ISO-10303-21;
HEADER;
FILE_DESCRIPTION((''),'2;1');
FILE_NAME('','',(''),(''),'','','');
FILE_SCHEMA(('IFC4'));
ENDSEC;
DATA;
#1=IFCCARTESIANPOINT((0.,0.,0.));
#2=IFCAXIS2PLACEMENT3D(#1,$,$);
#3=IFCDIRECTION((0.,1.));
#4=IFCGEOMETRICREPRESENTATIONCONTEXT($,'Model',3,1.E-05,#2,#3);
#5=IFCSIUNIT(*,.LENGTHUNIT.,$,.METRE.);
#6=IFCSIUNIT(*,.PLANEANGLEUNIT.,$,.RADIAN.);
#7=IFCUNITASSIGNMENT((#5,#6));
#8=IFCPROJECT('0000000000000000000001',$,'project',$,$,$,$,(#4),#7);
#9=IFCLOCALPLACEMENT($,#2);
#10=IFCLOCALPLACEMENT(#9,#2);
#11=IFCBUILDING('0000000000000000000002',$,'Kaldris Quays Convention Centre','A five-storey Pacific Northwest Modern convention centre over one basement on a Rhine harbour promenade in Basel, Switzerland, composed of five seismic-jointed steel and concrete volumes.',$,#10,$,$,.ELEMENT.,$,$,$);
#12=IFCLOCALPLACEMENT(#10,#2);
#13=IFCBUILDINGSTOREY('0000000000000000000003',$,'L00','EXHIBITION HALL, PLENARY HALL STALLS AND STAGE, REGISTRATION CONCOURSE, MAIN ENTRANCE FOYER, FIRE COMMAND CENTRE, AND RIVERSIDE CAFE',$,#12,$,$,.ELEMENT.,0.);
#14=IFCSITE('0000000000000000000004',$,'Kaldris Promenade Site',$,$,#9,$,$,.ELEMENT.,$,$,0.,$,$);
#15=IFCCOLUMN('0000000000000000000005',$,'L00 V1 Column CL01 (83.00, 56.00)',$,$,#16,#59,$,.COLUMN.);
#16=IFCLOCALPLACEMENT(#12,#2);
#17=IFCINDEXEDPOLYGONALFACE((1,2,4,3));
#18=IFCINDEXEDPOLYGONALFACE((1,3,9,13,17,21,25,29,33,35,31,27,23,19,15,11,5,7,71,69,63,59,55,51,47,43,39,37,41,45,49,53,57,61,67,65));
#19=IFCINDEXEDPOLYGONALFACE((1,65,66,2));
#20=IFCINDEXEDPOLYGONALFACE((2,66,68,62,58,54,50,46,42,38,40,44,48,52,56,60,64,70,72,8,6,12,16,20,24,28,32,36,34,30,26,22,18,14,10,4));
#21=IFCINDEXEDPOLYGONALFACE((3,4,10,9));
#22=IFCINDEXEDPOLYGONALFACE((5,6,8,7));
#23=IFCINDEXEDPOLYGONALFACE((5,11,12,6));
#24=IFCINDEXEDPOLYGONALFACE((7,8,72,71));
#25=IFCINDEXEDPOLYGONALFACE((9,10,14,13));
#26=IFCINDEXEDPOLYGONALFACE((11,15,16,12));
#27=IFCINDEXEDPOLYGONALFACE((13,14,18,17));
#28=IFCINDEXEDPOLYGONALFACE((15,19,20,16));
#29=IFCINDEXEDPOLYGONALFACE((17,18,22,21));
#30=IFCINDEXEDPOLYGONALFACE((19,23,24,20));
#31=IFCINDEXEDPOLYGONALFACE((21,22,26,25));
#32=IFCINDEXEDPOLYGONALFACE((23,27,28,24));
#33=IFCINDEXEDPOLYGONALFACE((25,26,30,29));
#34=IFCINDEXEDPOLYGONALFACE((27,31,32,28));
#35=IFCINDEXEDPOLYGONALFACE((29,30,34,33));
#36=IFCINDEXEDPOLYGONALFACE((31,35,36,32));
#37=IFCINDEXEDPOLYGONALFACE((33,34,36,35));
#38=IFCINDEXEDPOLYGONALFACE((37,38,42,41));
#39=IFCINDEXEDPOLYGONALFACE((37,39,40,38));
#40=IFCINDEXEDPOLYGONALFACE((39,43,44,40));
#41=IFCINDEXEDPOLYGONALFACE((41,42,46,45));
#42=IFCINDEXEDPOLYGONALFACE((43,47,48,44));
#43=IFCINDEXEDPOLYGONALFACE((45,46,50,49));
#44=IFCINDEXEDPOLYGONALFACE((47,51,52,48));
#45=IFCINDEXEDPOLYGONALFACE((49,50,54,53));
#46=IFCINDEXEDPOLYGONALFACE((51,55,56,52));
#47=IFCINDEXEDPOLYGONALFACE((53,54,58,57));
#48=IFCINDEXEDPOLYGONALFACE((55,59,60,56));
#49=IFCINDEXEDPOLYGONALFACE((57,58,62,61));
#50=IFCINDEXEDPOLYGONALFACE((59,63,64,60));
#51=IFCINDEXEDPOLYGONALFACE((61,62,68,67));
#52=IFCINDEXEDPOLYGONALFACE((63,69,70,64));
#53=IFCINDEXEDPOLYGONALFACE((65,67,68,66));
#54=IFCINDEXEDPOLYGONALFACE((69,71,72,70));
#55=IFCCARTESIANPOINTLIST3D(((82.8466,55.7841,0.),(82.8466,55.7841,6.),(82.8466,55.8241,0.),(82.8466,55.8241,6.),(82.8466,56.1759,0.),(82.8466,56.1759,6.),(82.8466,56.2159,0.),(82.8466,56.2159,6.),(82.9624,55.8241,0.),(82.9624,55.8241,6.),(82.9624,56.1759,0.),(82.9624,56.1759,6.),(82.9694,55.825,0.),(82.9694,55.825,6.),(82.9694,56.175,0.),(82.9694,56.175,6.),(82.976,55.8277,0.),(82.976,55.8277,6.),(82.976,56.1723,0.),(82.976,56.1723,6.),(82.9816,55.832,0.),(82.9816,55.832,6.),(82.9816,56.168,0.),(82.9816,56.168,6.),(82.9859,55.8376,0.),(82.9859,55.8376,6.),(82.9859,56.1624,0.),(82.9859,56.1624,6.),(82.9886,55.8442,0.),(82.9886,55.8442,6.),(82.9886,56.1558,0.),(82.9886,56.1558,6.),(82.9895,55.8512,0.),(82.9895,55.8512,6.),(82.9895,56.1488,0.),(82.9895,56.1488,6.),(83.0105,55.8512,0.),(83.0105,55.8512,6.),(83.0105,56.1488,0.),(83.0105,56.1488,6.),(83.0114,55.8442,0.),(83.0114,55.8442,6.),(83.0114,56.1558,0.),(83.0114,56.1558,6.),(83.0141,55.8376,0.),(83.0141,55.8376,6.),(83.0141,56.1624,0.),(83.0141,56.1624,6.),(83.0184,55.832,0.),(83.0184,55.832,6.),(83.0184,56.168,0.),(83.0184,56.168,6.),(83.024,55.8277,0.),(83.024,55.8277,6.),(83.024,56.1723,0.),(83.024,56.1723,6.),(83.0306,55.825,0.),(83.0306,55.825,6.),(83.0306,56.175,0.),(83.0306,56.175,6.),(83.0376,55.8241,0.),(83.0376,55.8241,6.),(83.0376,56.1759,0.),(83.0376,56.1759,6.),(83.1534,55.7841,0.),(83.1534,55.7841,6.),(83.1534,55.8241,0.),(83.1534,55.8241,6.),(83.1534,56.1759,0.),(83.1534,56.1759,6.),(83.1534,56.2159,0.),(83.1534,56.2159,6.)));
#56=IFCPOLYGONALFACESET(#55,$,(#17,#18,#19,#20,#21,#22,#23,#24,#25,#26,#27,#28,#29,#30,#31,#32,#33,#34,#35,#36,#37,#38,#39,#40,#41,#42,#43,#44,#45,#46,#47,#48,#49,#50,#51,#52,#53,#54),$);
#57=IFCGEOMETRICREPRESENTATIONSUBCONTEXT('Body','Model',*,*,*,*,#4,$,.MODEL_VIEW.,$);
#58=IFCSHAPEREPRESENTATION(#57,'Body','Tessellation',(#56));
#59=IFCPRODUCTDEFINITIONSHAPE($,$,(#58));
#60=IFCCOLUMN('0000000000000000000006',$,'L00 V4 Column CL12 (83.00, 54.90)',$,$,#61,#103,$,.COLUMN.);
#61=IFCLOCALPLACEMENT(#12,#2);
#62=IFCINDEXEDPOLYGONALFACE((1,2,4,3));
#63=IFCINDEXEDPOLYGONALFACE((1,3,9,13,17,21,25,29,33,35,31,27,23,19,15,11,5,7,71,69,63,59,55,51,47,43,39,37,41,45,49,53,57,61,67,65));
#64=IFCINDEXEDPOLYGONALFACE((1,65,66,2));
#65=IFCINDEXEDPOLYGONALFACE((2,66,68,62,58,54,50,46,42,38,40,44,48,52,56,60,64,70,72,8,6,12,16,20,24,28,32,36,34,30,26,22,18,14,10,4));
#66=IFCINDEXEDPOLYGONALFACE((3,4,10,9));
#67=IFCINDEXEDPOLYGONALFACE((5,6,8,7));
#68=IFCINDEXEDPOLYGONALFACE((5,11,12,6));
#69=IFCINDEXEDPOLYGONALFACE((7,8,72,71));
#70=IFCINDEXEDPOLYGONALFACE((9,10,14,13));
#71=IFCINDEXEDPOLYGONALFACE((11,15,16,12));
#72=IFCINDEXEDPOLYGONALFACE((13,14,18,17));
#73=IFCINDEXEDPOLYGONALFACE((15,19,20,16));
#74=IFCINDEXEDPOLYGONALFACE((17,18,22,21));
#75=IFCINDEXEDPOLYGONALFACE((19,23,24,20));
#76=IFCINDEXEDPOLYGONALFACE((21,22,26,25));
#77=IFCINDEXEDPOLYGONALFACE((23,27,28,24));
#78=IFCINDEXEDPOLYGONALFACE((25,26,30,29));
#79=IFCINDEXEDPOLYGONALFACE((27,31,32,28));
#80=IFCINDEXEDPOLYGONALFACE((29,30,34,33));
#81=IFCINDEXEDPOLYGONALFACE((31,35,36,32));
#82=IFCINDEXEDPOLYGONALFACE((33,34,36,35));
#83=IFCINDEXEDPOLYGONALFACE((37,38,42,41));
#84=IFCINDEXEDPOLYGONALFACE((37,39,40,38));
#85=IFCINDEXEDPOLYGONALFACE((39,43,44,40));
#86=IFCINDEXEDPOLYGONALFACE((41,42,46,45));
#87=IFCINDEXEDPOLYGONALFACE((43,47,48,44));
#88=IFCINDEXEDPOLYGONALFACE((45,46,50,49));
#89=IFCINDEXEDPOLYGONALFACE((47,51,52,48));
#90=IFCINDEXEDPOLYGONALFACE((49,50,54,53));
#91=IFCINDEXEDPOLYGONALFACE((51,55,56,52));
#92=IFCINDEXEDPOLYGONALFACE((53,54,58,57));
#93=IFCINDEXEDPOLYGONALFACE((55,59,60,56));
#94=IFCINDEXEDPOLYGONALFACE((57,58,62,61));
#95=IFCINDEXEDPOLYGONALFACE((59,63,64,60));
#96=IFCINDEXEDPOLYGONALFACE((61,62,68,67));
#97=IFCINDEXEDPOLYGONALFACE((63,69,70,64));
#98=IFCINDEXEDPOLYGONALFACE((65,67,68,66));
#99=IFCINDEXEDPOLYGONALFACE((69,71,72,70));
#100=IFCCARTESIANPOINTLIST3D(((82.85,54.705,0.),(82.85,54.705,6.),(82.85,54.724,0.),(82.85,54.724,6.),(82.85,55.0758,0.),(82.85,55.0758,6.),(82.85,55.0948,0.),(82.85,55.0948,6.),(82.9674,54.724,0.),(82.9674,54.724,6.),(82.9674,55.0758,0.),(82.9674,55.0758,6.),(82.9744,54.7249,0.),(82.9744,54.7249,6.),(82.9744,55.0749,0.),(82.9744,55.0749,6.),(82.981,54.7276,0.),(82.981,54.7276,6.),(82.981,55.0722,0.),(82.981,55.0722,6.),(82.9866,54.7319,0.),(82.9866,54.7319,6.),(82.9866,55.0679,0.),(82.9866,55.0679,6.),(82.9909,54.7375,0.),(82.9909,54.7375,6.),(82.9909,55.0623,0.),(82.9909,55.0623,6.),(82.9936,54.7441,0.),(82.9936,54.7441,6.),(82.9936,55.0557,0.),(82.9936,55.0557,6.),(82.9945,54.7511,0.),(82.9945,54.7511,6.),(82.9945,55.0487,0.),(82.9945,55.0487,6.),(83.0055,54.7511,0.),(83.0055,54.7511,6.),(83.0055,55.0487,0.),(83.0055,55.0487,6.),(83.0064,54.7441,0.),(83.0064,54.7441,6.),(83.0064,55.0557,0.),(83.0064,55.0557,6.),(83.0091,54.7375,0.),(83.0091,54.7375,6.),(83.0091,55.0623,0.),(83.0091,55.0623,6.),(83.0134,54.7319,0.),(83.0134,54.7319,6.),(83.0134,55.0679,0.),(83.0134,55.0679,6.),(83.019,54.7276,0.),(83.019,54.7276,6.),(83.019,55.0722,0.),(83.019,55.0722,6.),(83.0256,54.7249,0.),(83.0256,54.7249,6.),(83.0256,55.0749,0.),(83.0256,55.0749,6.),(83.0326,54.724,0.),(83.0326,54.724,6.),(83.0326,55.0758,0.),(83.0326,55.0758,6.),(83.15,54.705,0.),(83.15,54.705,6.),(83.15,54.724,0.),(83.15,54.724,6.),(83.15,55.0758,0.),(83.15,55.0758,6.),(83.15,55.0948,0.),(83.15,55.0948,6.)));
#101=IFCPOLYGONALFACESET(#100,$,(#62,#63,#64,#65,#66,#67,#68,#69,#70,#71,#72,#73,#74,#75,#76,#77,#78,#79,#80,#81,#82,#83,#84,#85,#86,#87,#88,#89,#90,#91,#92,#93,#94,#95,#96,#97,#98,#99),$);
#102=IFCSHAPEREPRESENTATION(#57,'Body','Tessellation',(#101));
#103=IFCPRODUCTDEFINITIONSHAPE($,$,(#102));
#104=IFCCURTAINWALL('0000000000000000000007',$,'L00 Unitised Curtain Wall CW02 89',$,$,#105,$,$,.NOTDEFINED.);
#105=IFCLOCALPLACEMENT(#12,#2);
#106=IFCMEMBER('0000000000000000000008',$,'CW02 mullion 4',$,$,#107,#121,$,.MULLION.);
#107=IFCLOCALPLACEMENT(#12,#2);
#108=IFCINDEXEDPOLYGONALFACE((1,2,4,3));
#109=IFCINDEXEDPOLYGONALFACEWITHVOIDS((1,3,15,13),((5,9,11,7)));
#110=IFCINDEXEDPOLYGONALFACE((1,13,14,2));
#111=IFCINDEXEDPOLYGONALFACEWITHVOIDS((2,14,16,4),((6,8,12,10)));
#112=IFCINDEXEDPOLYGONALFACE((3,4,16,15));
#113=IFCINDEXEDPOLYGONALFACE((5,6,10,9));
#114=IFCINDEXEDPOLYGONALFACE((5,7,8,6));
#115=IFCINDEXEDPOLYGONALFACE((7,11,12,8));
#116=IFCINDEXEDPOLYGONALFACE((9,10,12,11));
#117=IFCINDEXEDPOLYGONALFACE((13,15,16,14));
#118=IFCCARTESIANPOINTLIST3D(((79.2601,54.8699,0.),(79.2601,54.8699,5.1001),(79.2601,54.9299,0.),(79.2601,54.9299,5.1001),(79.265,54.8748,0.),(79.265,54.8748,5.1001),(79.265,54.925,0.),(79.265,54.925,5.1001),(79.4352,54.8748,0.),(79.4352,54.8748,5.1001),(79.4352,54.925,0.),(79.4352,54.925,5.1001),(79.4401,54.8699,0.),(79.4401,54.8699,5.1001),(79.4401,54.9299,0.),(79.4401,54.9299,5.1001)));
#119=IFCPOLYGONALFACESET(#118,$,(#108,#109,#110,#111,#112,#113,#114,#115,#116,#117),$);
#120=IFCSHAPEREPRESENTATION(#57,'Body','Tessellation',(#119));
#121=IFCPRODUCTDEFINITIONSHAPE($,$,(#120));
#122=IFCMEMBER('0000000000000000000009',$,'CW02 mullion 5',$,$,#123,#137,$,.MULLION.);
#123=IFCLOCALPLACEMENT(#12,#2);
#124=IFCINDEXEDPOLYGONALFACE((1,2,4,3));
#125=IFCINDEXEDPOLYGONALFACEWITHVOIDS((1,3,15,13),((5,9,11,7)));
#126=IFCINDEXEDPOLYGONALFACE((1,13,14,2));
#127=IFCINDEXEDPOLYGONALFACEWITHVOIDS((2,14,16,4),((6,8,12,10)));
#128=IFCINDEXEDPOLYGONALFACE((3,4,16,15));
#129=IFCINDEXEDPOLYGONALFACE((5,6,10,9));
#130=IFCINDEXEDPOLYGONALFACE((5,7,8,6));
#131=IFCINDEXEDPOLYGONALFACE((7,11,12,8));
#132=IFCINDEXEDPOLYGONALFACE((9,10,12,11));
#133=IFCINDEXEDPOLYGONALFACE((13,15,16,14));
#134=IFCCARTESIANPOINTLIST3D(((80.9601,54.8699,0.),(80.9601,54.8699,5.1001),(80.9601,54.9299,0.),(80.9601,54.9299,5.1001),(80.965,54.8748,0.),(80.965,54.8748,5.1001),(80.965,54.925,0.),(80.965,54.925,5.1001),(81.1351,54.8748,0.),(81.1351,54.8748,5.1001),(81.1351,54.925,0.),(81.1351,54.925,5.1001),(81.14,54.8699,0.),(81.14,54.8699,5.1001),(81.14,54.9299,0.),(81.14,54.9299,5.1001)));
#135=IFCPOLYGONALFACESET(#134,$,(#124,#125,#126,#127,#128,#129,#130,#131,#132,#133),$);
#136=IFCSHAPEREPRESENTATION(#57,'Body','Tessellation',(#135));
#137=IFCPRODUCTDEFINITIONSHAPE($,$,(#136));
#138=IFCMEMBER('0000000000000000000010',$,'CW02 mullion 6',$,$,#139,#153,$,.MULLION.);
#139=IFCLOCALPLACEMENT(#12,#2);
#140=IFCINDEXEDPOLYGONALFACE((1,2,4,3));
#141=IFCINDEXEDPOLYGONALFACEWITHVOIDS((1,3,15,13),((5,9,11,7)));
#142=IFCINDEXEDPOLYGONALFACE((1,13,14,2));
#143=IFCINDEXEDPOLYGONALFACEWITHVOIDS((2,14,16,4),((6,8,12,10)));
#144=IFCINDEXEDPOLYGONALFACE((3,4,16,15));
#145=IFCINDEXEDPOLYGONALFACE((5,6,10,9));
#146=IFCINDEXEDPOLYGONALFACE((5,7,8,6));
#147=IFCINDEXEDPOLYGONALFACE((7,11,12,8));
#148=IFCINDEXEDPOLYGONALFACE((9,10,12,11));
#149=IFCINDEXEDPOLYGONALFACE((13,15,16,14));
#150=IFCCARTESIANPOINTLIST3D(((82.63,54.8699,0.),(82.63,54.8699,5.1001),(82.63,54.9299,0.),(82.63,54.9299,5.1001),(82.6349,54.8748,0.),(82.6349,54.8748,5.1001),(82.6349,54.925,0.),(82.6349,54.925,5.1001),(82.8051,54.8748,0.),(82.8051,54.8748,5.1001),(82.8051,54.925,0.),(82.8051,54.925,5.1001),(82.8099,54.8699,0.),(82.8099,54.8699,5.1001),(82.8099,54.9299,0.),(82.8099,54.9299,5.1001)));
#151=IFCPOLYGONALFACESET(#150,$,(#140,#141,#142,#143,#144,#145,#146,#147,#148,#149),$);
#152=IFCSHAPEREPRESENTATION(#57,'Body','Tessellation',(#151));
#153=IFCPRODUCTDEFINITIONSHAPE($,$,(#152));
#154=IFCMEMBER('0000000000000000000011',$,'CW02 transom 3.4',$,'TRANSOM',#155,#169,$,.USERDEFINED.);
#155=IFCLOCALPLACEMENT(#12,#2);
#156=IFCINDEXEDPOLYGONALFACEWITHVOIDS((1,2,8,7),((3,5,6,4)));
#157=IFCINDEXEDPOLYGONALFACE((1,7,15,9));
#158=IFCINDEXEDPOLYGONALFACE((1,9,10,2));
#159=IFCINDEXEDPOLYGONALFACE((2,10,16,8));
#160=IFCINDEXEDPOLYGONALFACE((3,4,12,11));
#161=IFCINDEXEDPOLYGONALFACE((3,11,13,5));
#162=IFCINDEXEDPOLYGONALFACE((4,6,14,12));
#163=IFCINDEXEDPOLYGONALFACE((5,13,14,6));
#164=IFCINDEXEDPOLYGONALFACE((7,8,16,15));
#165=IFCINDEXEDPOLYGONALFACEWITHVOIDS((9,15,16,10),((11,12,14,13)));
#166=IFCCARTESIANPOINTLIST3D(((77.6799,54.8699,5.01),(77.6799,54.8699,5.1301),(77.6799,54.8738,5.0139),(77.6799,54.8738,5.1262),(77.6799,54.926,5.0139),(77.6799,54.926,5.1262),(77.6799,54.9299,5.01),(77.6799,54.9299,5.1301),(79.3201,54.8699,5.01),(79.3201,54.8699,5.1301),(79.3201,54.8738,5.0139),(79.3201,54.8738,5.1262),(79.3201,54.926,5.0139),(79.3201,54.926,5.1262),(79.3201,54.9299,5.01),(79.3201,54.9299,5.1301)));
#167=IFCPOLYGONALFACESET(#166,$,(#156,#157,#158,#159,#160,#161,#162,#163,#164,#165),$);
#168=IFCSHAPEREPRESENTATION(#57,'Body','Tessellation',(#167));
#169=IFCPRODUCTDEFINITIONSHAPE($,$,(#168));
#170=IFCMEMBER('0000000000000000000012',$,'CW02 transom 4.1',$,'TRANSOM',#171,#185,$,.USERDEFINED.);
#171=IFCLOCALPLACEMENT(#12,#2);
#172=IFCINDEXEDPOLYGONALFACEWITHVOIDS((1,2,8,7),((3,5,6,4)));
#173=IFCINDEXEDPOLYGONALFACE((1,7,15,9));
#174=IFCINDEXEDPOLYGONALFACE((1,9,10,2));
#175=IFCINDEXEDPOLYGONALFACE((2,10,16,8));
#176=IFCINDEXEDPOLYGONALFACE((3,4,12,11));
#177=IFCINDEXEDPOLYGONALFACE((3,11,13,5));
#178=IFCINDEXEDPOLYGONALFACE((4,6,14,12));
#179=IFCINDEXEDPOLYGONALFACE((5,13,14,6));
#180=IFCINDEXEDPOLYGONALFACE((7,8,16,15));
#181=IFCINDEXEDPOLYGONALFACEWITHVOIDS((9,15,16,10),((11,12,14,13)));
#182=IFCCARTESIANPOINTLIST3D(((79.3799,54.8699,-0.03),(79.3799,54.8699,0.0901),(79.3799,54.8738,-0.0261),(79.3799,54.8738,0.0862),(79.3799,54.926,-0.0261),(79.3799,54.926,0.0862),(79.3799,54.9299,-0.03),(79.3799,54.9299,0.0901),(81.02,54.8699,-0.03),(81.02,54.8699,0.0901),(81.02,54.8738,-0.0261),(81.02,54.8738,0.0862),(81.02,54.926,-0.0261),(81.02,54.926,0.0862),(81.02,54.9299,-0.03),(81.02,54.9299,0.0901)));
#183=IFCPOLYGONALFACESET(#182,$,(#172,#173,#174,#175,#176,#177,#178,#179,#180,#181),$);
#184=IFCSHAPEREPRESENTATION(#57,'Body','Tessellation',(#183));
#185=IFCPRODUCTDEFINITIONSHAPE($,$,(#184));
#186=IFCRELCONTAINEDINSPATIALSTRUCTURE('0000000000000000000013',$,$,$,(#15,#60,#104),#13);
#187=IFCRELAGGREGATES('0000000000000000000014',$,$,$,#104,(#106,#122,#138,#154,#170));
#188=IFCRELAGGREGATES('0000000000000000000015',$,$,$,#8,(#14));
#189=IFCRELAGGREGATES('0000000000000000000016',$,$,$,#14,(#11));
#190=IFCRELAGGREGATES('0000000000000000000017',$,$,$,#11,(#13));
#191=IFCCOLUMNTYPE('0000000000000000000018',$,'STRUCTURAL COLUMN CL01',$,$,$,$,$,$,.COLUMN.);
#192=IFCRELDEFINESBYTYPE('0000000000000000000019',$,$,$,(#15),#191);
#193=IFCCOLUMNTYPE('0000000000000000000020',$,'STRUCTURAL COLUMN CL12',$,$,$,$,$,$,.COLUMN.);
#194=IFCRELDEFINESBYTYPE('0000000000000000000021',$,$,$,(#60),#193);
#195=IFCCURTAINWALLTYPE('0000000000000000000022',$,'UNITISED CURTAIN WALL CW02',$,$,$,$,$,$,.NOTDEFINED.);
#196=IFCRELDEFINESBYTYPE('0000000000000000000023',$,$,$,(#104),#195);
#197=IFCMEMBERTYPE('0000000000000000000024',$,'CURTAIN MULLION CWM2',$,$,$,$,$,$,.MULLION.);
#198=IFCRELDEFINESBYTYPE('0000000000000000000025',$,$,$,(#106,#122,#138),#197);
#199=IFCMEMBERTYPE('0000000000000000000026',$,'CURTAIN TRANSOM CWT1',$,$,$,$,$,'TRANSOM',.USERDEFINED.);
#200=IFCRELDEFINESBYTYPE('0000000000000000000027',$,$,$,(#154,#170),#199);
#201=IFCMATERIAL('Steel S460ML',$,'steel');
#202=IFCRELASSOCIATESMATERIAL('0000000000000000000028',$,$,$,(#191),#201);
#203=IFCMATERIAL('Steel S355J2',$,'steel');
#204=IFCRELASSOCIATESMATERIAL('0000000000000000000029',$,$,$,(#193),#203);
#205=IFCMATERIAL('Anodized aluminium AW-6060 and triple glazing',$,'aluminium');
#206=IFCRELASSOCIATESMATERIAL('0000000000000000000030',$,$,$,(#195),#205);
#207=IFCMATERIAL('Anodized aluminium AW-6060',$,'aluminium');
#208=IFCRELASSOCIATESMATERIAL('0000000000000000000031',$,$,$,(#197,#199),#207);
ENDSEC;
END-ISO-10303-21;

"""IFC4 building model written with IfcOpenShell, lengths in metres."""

from ifc_helpers import new_model, si_unit, direction, frame, origin, origin_2d, place, context, subcontext, project, spatial, hollow_rectangle, i_section, extrude, material, material_profile, profile_set, type_object, element, aggregate, save


model = new_model("IFC4")

# Units and contexts
model_context = context("Model", 3, precision=1e-05, world=origin(), true_north=direction((0.0, 1.0)))
body_context = subcontext(model_context, "Body", "Model", "MODEL_VIEW")
ifc_project = project(units=[si_unit("LENGTHUNIT", "METRE"), si_unit("PLANEANGLEUNIT", "RADIAN")], contexts=[model_context])

# Site, building, storey
site_placement = place(None, origin())
site = spatial("IfcSite", under=ifc_project, at=site_placement, Name="Kaldris Promenade Site", CompositionType="ELEMENT", RefElevation=0.0)
building_placement = place(site_placement, origin())
building = spatial("IfcBuilding", under=site, at=building_placement, Name="Kaldris Quays Convention Centre", Description="A five-storey Pacific Northwest Modern convention centre over one basement on a Rhine harbour promenade in Basel, Switzerland, composed of five seismic-jointed steel and concrete volumes.", CompositionType="ELEMENT")
storey_placement = place(building_placement, origin())
storey = spatial("IfcBuildingStorey", under=building, at=storey_placement, Name="L00", Description="EXHIBITION HALL, PLENARY HALL STALLS AND STAGE, REGISTRATION CONCOURSE, MAIN ENTRANCE FOYER, FIRE COMMAND CENTRE, AND RIVERSIDE CAFE", CompositionType="ELEMENT", Elevation=0.0)

# Columns
ifc_material_1 = material(Name="Steel S460ML", Category="steel")
ifc_material_profile_1 = material_profile(ifc_material_1, i_section(OverallWidth=0.3069, OverallDepth=0.4319, WebThickness=0.021, FlangeThickness=0.04, FilletRadius=0.0271, at=origin_2d()), Name="HEM 400")
ifc_profile_set_1 = profile_set([ifc_material_profile_1], Name="Steel S460ML")
column_type_1 = type_object("IfcColumnType", Name="STRUCTURAL COLUMN CL01", PredefinedType="COLUMN", material=ifc_profile_set_1)
column_1_placement = place(storey_placement, frame((83.0, 56.0, 0.0), z_axis=(0.0, 0.0, 1.0), x_axis=(1.0, 0.0, 0.0)))
element("IfcColumn", 1, at=column_1_placement, inside=storey, type_object=column_type_1, Name="L00 V1 Column CL01 (83.00, 56.00)", PredefinedType="COLUMN", context=body_context, shape_type="SweptSolid", body=[
    extrude(i_section(OverallWidth=0.3069, OverallDepth=0.4319, WebThickness=0.021, FlangeThickness=0.04, FilletRadius=0.0271, at=origin_2d()), origin(), (0.0, 0.0, 1.0), 6.0),
])
ifc_material_2 = material(Name="Steel S355J2", Category="steel")
ifc_material_profile_2 = material_profile(ifc_material_2, i_section(OverallWidth=0.3, OverallDepth=0.3899, WebThickness=0.011, FlangeThickness=0.019, FilletRadius=0.0271, at=origin_2d()), Name="HEA 400")
ifc_profile_set_2 = profile_set([ifc_material_profile_2], Name="Steel S355J2")
column_type_2 = type_object("IfcColumnType", Name="STRUCTURAL COLUMN CL12", PredefinedType="COLUMN", material=ifc_profile_set_2)
column_2_placement = place(storey_placement, frame((83.0, 54.8999, 0.0), z_axis=(0.0, 0.0, 1.0), x_axis=(1.0, 0.0, 0.0)))
element("IfcColumn", 2, at=column_2_placement, inside=storey, type_object=column_type_2, Name="L00 V4 Column CL12 (83.00, 54.90)", PredefinedType="COLUMN", context=body_context, shape_type="SweptSolid", body=[
    extrude(i_section(OverallWidth=0.3, OverallDepth=0.3899, WebThickness=0.011, FlangeThickness=0.019, FilletRadius=0.0271, at=origin_2d()), origin(), (0.0, 0.0, 1.0), 6.0),
])

# Curtain wall, members
ifc_material_3 = material(Name="Anodized aluminium AW-6060 and triple glazing", Category="aluminium")
curtain_wall_type = type_object("IfcCurtainWallType", Name="UNITISED CURTAIN WALL CW02", PredefinedType="NOTDEFINED", material=ifc_material_3)
curtain_wall_placement = place(storey_placement, origin())
curtain_wall = element("IfcCurtainWall", 3, at=curtain_wall_placement, inside=storey, type_object=curtain_wall_type, Name="L00 Unitised Curtain Wall CW02 89", PredefinedType="NOTDEFINED")
ifc_material_4 = material(Name="Anodized aluminium AW-6060", Category="aluminium")
ifc_material_profile_3 = material_profile(ifc_material_4, hollow_rectangle(XDim=0.0601, YDim=0.1799, WallThickness=0.0049, at=origin_2d()), Name="RHS 180x60x5")
ifc_profile_set_3 = profile_set([ifc_material_profile_3], Name="Anodized aluminium AW-6060")
member_type_1 = type_object("IfcMemberType", Name="CURTAIN MULLION CWM2", PredefinedType="MULLION", material=ifc_profile_set_3)
member_1_placement = place(storey_placement, frame((79.3501, 54.8999, 0.0), z_axis=(0.0, 0.0, 1.0), x_axis=(0.0, 1.0, 0.0)))
member_1 = element("IfcMember", 4, at=member_1_placement, type_object=member_type_1, Name="CW02 mullion 4", PredefinedType="MULLION", context=body_context, shape_type="SweptSolid", body=[
    extrude(hollow_rectangle(XDim=0.0601, YDim=0.1799, WallThickness=0.0049, at=origin_2d()), origin(), (0.0, 0.0, 1.0), 5.1001),
])
member_2_placement = place(storey_placement, frame((81.05, 54.8999, 0.0), z_axis=(0.0, 0.0, 1.0), x_axis=(0.0, 1.0, 0.0)))
member_2 = element("IfcMember", 5, at=member_2_placement, type_object=member_type_1, Name="CW02 mullion 5", PredefinedType="MULLION", context=body_context, shape_type="SweptSolid", body=[
    extrude(hollow_rectangle(XDim=0.0601, YDim=0.1799, WallThickness=0.0049, at=origin_2d()), origin(), (0.0, 0.0, 1.0), 5.1001),
])
member_3_placement = place(storey_placement, frame((82.72, 54.8999, 0.0), z_axis=(0.0, 0.0, 1.0), x_axis=(0.0, 1.0, 0.0)))
member_3 = element("IfcMember", 6, at=member_3_placement, type_object=member_type_1, Name="CW02 mullion 6", PredefinedType="MULLION", context=body_context, shape_type="SweptSolid", body=[
    extrude(hollow_rectangle(XDim=0.0601, YDim=0.1799, WallThickness=0.0049, at=origin_2d()), origin(), (0.0, 0.0, 1.0), 5.1001),
])
ifc_material_profile_4 = material_profile(ifc_material_4, hollow_rectangle(XDim=0.0601, YDim=0.1201, WallThickness=0.0039, at=origin_2d()), Name="RHS 120x60x4")
ifc_profile_set_4 = profile_set([ifc_material_profile_4], Name="Anodized aluminium AW-6060")
member_type_2 = type_object("IfcMemberType", Name="CURTAIN TRANSOM CWT1", ElementType="TRANSOM", PredefinedType="USERDEFINED", material=ifc_profile_set_4)
member_4_placement = place(storey_placement, frame((77.6799, 54.8999, 5.0701), z_axis=(1.0, 0.0, 0.0), x_axis=(0.0, 1.0, 0.0)))
member_4 = element("IfcMember", 7, at=member_4_placement, type_object=member_type_2, Name="CW02 transom 3.4", ObjectType="TRANSOM", PredefinedType="USERDEFINED", context=body_context, shape_type="SweptSolid", body=[
    extrude(hollow_rectangle(XDim=0.0601, YDim=0.1201, WallThickness=0.0039, at=origin_2d()), origin(), (0.0, 0.0, 1.0), 1.6401),
])
member_5_placement = place(storey_placement, frame((79.3799, 54.8999, 0.03), z_axis=(1.0, 0.0, 0.0), x_axis=(0.0, 1.0, 0.0)))
member_5 = element("IfcMember", 8, at=member_5_placement, type_object=member_type_2, Name="CW02 transom 4.1", ObjectType="TRANSOM", PredefinedType="USERDEFINED", context=body_context, shape_type="SweptSolid", body=[
    extrude(hollow_rectangle(XDim=0.0601, YDim=0.1201, WallThickness=0.0039, at=origin_2d()), origin(), (0.0, 0.0, 1.0), 1.6401),
])

aggregate(curtain_wall, [member_1, member_2, member_3, member_4, member_5])

save(model, "model.ifc")
